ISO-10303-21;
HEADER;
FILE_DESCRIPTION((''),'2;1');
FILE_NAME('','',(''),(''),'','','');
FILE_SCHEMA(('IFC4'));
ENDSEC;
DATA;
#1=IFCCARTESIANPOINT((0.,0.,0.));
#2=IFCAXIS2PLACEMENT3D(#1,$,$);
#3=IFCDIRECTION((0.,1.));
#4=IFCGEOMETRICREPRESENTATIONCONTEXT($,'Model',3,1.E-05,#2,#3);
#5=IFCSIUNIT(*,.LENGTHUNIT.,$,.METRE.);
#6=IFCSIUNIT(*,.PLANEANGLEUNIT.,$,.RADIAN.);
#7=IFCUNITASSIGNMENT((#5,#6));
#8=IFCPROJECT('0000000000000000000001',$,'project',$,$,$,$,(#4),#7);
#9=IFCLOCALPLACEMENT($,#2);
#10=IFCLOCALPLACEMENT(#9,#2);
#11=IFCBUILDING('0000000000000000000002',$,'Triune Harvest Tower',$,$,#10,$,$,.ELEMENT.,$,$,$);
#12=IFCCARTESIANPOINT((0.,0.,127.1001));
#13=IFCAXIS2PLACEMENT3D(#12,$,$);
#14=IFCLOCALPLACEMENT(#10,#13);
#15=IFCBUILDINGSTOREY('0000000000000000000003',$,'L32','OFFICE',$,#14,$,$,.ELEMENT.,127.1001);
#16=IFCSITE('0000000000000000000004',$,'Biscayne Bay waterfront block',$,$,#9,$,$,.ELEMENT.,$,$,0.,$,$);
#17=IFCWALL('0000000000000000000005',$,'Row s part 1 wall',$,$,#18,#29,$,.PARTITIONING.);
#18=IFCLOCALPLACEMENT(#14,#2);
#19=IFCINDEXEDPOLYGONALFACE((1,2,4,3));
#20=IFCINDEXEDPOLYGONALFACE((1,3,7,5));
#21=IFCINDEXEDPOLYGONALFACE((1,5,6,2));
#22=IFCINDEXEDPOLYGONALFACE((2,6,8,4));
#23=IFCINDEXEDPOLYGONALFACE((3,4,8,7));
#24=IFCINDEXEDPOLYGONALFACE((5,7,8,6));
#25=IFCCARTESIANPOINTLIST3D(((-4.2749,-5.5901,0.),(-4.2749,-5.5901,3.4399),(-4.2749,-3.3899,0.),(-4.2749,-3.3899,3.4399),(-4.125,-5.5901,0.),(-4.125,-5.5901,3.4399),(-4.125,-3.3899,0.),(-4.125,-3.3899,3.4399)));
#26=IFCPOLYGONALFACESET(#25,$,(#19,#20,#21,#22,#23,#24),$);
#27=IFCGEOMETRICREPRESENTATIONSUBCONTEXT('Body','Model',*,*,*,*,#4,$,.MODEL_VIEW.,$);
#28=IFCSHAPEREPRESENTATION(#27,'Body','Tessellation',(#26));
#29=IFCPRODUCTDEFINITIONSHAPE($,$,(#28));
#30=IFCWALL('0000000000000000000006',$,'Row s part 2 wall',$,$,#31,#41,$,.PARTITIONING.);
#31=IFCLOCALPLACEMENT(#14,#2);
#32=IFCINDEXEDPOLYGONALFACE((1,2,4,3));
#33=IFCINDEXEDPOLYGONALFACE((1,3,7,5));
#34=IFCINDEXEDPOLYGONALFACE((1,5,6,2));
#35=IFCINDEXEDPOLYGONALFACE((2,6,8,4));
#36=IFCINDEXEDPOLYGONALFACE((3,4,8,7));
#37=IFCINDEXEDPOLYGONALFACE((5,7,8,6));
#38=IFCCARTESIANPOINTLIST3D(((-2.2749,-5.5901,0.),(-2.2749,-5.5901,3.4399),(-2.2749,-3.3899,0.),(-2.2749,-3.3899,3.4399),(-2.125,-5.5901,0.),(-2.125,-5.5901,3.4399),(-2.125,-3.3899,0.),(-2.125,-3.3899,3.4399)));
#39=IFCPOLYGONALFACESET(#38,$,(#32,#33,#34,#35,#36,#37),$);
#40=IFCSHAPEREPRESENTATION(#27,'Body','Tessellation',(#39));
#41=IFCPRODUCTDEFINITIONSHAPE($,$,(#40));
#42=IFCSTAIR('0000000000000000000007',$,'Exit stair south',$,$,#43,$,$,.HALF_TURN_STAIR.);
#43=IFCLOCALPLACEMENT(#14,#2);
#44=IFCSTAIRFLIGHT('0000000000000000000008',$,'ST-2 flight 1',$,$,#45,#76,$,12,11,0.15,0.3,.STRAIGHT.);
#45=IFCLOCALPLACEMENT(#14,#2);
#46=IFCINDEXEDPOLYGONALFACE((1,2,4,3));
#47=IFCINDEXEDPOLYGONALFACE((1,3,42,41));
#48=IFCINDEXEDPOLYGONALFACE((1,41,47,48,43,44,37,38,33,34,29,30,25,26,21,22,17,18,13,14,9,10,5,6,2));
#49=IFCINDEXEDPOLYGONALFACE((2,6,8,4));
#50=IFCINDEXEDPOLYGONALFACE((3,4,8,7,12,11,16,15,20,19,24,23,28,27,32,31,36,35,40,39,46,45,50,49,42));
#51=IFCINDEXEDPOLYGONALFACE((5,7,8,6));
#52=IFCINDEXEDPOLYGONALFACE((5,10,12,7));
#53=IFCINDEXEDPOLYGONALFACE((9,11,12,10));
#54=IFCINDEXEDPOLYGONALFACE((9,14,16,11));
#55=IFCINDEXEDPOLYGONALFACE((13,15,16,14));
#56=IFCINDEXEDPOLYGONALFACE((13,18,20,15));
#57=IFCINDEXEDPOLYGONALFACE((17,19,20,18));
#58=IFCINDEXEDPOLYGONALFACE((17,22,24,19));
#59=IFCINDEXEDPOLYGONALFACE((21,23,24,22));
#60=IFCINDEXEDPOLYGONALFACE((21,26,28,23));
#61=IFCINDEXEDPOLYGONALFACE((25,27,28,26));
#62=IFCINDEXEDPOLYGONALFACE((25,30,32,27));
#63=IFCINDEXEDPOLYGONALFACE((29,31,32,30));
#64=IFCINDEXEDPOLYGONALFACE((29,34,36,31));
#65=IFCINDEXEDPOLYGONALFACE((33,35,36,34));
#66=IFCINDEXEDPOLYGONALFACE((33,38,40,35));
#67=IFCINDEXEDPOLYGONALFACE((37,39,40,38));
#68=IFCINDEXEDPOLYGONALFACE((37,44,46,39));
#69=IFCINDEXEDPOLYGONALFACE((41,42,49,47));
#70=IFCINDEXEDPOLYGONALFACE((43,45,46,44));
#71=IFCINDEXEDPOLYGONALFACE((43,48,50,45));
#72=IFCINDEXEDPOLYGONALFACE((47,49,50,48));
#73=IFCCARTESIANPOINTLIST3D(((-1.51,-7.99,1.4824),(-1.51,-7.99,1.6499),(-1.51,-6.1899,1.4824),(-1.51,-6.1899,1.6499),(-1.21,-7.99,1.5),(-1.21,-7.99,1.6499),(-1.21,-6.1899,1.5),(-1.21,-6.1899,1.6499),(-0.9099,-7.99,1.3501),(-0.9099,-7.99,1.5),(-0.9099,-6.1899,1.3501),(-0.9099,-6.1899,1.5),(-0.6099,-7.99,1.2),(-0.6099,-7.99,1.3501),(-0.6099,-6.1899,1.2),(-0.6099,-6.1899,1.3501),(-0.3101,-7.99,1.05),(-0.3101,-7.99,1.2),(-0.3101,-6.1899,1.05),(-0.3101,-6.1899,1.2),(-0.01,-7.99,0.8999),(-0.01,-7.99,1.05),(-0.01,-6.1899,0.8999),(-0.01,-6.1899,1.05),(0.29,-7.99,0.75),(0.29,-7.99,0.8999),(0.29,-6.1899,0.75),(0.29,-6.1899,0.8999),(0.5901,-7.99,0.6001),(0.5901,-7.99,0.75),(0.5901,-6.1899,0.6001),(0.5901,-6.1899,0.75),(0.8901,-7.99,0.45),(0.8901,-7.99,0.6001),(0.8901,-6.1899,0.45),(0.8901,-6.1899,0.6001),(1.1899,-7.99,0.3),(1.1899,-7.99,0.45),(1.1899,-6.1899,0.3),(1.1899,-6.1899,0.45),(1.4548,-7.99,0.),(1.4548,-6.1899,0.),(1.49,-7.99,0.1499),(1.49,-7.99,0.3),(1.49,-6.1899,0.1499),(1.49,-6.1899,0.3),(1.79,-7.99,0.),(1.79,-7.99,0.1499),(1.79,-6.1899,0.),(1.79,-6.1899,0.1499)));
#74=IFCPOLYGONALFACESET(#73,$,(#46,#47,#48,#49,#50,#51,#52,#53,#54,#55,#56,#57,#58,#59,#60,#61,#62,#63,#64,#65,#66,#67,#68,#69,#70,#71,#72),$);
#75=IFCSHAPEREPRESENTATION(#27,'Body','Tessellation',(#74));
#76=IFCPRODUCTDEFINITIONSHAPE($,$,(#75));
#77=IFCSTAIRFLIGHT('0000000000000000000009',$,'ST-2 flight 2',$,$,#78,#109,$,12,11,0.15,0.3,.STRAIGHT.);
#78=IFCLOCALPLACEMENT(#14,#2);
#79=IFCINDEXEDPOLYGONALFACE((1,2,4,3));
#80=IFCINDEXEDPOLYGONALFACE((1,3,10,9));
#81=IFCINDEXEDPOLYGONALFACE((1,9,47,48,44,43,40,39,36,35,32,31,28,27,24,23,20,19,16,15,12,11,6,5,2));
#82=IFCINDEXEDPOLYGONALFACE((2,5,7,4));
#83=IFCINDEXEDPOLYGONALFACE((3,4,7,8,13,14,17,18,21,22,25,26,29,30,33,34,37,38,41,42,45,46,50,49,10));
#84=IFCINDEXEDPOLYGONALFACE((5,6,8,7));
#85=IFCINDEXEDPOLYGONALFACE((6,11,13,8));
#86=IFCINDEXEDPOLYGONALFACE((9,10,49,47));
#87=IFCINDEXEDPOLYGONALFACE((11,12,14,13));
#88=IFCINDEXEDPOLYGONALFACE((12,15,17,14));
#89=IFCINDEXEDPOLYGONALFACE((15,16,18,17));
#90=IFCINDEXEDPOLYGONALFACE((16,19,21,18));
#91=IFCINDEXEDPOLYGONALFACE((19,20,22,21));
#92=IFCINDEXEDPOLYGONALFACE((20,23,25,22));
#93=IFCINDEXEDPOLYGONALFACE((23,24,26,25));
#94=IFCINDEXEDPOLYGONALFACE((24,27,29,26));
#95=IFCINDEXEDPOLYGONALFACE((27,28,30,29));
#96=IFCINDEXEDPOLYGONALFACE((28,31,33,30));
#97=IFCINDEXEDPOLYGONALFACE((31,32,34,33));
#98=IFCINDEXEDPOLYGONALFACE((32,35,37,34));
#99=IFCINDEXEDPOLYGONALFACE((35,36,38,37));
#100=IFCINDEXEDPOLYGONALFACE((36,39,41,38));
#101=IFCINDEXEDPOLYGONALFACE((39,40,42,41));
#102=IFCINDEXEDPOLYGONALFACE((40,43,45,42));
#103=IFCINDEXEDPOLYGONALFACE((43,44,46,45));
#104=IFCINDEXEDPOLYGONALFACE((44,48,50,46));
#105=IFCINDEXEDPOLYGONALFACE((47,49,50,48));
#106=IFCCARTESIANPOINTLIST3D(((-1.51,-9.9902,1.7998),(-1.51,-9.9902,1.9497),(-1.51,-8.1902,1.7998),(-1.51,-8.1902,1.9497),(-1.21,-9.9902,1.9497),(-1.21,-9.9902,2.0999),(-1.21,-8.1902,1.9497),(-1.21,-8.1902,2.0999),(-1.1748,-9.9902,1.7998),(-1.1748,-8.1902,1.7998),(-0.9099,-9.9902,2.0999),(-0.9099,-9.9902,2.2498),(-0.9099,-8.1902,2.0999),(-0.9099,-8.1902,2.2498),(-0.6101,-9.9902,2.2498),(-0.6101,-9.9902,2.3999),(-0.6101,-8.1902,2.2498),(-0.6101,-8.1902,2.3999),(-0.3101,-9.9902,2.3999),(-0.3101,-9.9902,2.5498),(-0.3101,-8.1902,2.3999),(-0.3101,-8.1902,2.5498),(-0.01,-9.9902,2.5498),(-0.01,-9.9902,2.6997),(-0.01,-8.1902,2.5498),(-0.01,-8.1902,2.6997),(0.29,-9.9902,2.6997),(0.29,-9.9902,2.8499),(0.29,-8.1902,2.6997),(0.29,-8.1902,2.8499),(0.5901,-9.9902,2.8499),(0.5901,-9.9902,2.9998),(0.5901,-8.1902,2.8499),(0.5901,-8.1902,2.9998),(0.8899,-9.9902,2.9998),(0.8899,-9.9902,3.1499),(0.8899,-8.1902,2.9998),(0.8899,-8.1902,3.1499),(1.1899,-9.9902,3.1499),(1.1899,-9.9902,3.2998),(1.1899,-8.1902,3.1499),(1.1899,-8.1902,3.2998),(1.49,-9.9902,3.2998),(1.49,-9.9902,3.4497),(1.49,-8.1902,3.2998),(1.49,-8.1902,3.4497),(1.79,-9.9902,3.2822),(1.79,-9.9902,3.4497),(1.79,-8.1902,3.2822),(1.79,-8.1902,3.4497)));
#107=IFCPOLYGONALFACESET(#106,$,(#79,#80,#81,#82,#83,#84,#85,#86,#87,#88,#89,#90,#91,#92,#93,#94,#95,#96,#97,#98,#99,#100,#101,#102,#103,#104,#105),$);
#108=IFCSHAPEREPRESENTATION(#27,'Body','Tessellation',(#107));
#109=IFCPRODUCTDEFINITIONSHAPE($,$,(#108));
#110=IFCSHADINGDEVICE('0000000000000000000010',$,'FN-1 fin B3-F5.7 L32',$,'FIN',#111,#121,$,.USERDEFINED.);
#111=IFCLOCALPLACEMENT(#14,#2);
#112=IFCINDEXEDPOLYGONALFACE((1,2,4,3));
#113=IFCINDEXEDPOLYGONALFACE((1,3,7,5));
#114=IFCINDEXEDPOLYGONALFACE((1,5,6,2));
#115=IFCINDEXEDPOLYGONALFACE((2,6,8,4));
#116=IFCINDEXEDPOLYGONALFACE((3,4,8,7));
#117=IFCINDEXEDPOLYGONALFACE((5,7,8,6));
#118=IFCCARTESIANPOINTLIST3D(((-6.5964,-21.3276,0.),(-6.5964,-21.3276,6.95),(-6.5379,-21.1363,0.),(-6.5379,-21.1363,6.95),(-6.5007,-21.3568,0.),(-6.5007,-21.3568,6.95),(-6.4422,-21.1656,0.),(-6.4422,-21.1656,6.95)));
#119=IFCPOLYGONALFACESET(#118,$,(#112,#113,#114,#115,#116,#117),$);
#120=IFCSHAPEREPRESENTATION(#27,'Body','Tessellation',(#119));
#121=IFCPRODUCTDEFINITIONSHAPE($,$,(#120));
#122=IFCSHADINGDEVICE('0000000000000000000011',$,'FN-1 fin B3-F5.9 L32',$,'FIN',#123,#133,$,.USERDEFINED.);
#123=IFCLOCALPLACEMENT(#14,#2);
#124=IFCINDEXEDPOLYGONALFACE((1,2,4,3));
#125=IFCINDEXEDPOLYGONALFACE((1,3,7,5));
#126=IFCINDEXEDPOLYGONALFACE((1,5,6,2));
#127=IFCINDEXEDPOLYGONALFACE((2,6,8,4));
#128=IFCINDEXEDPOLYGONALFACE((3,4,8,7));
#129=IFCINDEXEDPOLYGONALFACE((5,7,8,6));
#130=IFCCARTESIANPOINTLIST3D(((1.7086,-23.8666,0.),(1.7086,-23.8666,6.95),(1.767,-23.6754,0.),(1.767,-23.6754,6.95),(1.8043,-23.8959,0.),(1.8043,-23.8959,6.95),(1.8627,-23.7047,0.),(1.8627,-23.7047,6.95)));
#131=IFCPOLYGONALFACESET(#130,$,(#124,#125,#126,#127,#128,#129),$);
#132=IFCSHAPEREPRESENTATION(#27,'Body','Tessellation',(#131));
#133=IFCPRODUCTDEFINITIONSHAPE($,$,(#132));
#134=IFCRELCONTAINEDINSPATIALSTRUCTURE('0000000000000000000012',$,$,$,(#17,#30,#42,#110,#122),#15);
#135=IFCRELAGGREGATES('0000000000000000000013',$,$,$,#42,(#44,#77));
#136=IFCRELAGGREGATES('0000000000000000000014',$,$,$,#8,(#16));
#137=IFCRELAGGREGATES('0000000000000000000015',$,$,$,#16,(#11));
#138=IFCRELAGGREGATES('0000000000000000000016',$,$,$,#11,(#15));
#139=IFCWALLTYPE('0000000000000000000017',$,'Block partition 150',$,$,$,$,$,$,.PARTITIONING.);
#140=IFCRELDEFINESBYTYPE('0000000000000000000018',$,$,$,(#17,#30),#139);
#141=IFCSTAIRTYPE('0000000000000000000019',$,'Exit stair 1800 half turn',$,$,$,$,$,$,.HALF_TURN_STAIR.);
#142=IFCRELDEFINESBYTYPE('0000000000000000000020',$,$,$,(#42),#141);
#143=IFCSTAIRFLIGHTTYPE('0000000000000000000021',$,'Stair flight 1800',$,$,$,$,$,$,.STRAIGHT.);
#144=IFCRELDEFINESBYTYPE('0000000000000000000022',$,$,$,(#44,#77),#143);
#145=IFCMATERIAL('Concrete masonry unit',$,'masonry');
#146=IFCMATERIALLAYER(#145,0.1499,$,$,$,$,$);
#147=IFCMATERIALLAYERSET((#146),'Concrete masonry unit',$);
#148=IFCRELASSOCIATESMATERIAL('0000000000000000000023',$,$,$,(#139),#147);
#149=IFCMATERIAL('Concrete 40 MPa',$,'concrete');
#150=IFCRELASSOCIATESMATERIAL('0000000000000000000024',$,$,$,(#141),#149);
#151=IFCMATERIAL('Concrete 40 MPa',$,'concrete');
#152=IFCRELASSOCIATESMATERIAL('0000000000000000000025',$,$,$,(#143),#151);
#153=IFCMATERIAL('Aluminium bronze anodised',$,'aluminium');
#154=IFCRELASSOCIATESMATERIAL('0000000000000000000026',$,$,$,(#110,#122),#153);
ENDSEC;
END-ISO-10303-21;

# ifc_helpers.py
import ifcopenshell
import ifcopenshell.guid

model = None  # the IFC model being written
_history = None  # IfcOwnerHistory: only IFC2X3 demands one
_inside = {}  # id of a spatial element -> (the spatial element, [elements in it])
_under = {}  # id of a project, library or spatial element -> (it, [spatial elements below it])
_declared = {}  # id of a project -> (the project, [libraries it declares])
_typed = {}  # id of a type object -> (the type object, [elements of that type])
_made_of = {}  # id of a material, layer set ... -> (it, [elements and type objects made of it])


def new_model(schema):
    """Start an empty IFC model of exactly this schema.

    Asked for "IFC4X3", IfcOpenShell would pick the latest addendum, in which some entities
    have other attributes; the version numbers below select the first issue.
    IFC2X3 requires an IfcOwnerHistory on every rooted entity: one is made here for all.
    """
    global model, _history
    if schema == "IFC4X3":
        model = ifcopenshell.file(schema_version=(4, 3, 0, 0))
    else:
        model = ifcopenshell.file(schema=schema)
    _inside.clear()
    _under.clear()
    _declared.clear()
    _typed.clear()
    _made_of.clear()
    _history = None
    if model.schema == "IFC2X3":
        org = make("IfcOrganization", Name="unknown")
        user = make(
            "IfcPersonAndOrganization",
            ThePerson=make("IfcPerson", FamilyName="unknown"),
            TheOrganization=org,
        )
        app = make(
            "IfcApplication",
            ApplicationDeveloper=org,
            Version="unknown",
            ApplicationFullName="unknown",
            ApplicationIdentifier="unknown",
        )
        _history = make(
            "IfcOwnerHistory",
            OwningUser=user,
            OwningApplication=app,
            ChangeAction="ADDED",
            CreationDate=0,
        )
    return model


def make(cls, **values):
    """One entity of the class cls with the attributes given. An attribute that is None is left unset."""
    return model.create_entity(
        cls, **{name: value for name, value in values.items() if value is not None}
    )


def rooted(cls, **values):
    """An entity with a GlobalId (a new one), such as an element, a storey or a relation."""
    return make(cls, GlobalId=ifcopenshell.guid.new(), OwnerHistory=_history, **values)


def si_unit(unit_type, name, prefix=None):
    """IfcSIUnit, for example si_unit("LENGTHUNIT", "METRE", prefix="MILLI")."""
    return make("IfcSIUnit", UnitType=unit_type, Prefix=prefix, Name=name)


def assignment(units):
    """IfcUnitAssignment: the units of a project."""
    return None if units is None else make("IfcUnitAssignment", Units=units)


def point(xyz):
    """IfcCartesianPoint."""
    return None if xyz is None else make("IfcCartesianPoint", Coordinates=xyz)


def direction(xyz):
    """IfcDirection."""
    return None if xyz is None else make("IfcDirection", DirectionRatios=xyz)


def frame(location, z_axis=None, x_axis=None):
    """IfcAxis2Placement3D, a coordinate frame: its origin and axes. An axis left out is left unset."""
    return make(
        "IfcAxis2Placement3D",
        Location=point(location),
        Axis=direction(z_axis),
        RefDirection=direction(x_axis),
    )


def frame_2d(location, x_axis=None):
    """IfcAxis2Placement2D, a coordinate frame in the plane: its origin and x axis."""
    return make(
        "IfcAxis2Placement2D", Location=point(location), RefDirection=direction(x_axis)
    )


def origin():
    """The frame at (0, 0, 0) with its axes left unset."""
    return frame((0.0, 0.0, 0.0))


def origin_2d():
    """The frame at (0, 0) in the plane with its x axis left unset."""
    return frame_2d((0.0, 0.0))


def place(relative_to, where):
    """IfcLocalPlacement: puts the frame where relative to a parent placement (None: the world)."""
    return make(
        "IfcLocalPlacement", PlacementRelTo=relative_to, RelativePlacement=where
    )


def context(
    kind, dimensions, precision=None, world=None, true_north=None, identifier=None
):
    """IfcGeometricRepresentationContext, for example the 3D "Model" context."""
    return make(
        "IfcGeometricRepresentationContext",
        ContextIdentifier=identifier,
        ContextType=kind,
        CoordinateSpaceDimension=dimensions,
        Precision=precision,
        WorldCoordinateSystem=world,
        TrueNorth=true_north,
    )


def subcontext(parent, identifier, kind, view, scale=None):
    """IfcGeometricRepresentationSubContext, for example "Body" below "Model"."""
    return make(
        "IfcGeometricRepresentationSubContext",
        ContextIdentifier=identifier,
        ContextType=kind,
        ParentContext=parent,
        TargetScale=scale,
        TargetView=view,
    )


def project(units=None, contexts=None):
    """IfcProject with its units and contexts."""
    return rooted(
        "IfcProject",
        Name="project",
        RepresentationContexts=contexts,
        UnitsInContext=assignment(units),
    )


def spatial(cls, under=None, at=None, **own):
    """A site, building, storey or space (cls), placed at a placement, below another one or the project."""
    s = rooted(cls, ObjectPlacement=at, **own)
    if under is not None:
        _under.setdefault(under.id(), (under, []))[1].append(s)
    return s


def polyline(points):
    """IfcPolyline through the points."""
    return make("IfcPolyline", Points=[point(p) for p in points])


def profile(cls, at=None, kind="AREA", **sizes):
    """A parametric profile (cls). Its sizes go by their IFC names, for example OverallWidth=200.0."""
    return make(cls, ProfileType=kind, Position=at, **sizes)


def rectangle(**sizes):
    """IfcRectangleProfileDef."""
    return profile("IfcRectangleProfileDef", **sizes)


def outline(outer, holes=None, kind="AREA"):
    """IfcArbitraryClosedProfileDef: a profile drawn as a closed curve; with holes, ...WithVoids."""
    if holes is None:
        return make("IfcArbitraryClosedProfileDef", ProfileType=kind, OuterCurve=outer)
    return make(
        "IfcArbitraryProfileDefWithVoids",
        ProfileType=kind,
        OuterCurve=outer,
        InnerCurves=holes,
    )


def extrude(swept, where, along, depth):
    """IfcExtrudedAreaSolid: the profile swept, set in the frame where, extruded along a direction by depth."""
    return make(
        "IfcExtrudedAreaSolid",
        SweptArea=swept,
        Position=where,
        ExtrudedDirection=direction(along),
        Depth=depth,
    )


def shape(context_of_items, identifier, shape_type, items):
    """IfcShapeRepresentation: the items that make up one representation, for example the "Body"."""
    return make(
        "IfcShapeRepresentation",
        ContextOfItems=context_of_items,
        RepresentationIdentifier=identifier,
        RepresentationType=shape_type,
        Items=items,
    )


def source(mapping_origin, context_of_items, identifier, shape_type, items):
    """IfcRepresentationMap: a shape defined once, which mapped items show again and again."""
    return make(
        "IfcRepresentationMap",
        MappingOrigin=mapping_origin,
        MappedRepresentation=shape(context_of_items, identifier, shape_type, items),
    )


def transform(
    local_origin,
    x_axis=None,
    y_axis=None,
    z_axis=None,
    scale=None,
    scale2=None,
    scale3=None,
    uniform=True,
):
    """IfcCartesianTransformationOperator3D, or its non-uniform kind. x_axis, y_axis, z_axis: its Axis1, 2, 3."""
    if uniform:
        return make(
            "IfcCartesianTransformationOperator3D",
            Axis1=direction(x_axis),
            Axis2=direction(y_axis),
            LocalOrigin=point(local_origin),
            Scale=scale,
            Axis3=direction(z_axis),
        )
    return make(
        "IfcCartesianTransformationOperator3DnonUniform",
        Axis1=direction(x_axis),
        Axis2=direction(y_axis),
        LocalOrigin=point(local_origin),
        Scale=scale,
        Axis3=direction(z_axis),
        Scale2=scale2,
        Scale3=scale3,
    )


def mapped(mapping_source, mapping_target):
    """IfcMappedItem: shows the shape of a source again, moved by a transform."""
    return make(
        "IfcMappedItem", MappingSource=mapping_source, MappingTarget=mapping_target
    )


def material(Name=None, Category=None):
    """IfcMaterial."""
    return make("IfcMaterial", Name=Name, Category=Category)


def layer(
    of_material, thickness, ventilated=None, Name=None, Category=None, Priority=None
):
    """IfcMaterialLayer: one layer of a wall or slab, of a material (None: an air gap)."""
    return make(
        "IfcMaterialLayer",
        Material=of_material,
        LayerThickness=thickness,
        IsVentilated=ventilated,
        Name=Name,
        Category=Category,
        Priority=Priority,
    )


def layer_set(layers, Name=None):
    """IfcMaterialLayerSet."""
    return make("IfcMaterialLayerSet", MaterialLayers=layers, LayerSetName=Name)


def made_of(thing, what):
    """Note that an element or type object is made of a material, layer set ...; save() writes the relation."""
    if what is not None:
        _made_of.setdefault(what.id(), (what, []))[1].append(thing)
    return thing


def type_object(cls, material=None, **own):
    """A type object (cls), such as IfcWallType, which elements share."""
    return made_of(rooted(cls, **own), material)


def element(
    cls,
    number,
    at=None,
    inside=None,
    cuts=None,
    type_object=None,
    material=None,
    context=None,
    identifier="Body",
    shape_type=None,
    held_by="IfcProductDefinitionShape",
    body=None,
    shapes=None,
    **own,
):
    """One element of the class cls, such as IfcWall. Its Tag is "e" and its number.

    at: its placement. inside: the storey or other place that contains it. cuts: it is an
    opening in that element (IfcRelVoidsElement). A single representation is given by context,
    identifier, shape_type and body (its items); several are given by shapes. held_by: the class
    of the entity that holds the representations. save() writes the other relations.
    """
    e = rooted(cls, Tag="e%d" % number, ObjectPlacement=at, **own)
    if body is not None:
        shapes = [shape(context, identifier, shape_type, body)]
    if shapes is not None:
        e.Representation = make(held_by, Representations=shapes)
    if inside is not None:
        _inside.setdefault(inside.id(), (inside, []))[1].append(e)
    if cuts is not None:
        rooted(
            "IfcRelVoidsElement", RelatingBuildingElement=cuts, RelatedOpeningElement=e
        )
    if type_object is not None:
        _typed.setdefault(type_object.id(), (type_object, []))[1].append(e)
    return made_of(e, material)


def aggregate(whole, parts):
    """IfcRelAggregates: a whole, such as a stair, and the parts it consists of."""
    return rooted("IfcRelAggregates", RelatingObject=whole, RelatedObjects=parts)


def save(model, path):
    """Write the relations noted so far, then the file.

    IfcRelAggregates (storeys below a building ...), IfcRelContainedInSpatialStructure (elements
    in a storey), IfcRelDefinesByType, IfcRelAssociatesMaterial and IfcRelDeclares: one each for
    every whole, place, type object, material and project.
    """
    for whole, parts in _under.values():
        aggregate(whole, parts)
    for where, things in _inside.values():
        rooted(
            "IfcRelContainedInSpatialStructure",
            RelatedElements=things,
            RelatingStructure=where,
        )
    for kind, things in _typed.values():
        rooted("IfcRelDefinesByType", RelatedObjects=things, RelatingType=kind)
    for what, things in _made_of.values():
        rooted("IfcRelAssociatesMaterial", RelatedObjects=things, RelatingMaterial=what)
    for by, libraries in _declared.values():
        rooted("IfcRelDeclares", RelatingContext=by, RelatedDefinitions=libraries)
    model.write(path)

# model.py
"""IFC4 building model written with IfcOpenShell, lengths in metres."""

from ifc_helpers import new_model, si_unit, direction, frame, frame_2d, origin, origin_2d, place, context, subcontext, project, spatial, polyline, rectangle, outline, extrude, source, transform, mapped, material, layer, layer_set, type_object, element, aggregate, save


model = new_model("IFC4")

# Units and contexts
model_context = context("Model", 3, precision=1e-05, world=origin(), true_north=direction((0.0, 1.0)))
body_context = subcontext(model_context, "Body", "Model", "MODEL_VIEW")
ifc_project = project(units=[si_unit("LENGTHUNIT", "METRE"), si_unit("PLANEANGLEUNIT", "RADIAN")], contexts=[model_context])

# Site, building, storey
site_placement = place(None, origin())
site = spatial("IfcSite", under=ifc_project, at=site_placement, Name="Biscayne Bay waterfront block", CompositionType="ELEMENT", RefElevation=0.0)
building_placement = place(site_placement, origin())
building = spatial("IfcBuilding", under=site, at=building_placement, Name="Triune Harvest Tower", CompositionType="ELEMENT")
storey_placement = place(building_placement, frame((0.0, 0.0, 127.1001)))
storey = spatial("IfcBuildingStorey", under=building, at=storey_placement, Name="L32", Description="OFFICE", CompositionType="ELEMENT", Elevation=127.1001)

# Walls
ifc_material_1 = material(Name="Concrete masonry unit", Category="masonry")
ifc_layer_1 = layer(ifc_material_1, 0.1499)
ifc_layer_set_1 = layer_set([ifc_layer_1], Name="Concrete masonry unit")
wall_type_1 = type_object("IfcWallType", Name="Block partition 150", PredefinedType="PARTITIONING", material=ifc_layer_set_1)
shared_shape_1 = source(origin(), body_context, "Body", "SweptSolid", [
    extrude(rectangle(XDim=2.2002, YDim=0.1499, at=frame_2d((1.1001, 0.0))), origin(), (0.0, 0.0, 1.0), 3.4399),
])
for number, where, z_axis, x_axis, name in (
    (1, (-4.2, -5.5901, 0.0), (0.0, 0.0, 1.0), (0.0, 1.0, 0.0), "Row s part 1 wall"),
    (2, (-2.2, -5.5901, 0.0), (0.0, 0.0, 1.0), (0.0, 1.0, 0.0), "Row s part 2 wall"),
):
    element("IfcWall", number, at=place(storey_placement, frame(where, z_axis=z_axis, x_axis=x_axis)), inside=storey, type_object=wall_type_1, Name=name, PredefinedType="PARTITIONING", context=body_context, shape_type="MappedRepresentation", body=[
        mapped(shared_shape_1, transform((0.0, 0.0, 0.0), scale=1.0)),
    ])

# Stair, stair flights
ifc_material_2 = material(Name="Concrete 40 MPa", Category="concrete")
stair_type = type_object("IfcStairType", Name="Exit stair 1800 half turn", PredefinedType="HALF_TURN_STAIR", material=ifc_material_2)
stair_placement = place(storey_placement, origin())
stair = element("IfcStair", 3, at=stair_placement, inside=storey, type_object=stair_type, Name="Exit stair south", PredefinedType="HALF_TURN_STAIR")
ifc_material_3 = material(Name="Concrete 40 MPa", Category="concrete")
stair_flight_type = type_object("IfcStairFlightType", Name="Stair flight 1800", PredefinedType="STRAIGHT", material=ifc_material_3)
shared_shape_2 = source(origin(), body_context, "Body", "SweptSolid", [
    extrude(outline(polyline([(0.0, 0.0), (0.0, 0.1499), (0.3, 0.1499), (0.3, 0.3), (0.6001, 0.3), (0.6001, 0.45), (0.8999, 0.45), (0.8999, 0.6001), (1.2, 0.6001), (1.2, 0.75), (1.5, 0.75), (1.5, 0.8999), (1.8, 0.8999), (1.8, 1.05), (2.1001, 1.05), (2.1001, 1.2), (2.3999, 1.2), (2.3999, 1.3501), (2.7, 1.3501), (2.7, 1.5), (3.0, 1.5), (3.0, 1.6499), (3.3, 1.6499), (3.3, 1.8), (3.3, 1.4824), (0.3352, 0.0), (0.0, 0.0)])), frame((0.0, 0.8999, 0.0), z_axis=(0.0, -1.0, 0.0), x_axis=(1.0, 0.0, 0.0)), (0.0, 0.0, 1.0), 1.8),
])
stair_flight_1_placement = place(storey_placement, frame((1.79, -7.0901, 0.0), z_axis=(0.0, 0.0, 1.0), x_axis=(-1.0, 0.0, 0.0)))
stair_flight_1 = element("IfcStairFlight", 4, at=stair_flight_1_placement, type_object=stair_flight_type, Name="ST-2 flight 1", NumberOfRisers=12, NumberOfTreads=11, PredefinedType="STRAIGHT", RiserHeight=0.15, TreadLength=0.3, context=body_context, shape_type="MappedRepresentation", body=[
    mapped(shared_shape_2, transform((0.0, 0.0, 0.0), scale=1.0)),
])
stair_flight_2_placement = place(storey_placement, frame((-1.51, -9.0901, 1.7998), z_axis=(0.0, 0.0, 1.0), x_axis=(1.0, 0.0, 0.0)))
stair_flight_2 = element("IfcStairFlight", 5, at=stair_flight_2_placement, type_object=stair_flight_type, Name="ST-2 flight 2", NumberOfRisers=12, NumberOfTreads=11, PredefinedType="STRAIGHT", RiserHeight=0.15, TreadLength=0.3, context=body_context, shape_type="MappedRepresentation", body=[
    mapped(shared_shape_2, transform((0.0, 0.0, 0.0), scale=1.0)),
])
aggregate(stair, [stair_flight_1, stair_flight_2])

# Shading devices
ifc_material_4 = material(Name="Aluminium bronze anodised", Category="aluminium")
shared_shape_3 = source(origin(), body_context, "Body", "SweptSolid", [
    extrude(rectangle(XDim=0.1001, YDim=0.2, at=origin_2d()), origin(), (0.0, 0.0, 1.0), 6.95),
])
for number, where, z_axis, x_axis, name in (
    (6, (-6.5193, -21.2466, 0.0), (0.0, 0.0, 1.0), (0.956304, -0.292373, 0.0), "FN-1 fin B3-F5.7 L32"),
    (7, (1.7856, -23.7856, 0.0), (0.0, 0.0, 1.0), (0.956304, -0.292373, 0.0), "FN-1 fin B3-F5.9 L32"),
):
    element("IfcShadingDevice", number, at=place(storey_placement, frame(where, z_axis=z_axis, x_axis=x_axis)), inside=storey, material=ifc_material_4, Name=name, ObjectType="FIN", PredefinedType="USERDEFINED", context=body_context, shape_type="MappedRepresentation", body=[
        mapped(shared_shape_3, transform((0.0, 0.0, 0.0), scale=1.0)),
    ])

save(model, "model.ifc")
